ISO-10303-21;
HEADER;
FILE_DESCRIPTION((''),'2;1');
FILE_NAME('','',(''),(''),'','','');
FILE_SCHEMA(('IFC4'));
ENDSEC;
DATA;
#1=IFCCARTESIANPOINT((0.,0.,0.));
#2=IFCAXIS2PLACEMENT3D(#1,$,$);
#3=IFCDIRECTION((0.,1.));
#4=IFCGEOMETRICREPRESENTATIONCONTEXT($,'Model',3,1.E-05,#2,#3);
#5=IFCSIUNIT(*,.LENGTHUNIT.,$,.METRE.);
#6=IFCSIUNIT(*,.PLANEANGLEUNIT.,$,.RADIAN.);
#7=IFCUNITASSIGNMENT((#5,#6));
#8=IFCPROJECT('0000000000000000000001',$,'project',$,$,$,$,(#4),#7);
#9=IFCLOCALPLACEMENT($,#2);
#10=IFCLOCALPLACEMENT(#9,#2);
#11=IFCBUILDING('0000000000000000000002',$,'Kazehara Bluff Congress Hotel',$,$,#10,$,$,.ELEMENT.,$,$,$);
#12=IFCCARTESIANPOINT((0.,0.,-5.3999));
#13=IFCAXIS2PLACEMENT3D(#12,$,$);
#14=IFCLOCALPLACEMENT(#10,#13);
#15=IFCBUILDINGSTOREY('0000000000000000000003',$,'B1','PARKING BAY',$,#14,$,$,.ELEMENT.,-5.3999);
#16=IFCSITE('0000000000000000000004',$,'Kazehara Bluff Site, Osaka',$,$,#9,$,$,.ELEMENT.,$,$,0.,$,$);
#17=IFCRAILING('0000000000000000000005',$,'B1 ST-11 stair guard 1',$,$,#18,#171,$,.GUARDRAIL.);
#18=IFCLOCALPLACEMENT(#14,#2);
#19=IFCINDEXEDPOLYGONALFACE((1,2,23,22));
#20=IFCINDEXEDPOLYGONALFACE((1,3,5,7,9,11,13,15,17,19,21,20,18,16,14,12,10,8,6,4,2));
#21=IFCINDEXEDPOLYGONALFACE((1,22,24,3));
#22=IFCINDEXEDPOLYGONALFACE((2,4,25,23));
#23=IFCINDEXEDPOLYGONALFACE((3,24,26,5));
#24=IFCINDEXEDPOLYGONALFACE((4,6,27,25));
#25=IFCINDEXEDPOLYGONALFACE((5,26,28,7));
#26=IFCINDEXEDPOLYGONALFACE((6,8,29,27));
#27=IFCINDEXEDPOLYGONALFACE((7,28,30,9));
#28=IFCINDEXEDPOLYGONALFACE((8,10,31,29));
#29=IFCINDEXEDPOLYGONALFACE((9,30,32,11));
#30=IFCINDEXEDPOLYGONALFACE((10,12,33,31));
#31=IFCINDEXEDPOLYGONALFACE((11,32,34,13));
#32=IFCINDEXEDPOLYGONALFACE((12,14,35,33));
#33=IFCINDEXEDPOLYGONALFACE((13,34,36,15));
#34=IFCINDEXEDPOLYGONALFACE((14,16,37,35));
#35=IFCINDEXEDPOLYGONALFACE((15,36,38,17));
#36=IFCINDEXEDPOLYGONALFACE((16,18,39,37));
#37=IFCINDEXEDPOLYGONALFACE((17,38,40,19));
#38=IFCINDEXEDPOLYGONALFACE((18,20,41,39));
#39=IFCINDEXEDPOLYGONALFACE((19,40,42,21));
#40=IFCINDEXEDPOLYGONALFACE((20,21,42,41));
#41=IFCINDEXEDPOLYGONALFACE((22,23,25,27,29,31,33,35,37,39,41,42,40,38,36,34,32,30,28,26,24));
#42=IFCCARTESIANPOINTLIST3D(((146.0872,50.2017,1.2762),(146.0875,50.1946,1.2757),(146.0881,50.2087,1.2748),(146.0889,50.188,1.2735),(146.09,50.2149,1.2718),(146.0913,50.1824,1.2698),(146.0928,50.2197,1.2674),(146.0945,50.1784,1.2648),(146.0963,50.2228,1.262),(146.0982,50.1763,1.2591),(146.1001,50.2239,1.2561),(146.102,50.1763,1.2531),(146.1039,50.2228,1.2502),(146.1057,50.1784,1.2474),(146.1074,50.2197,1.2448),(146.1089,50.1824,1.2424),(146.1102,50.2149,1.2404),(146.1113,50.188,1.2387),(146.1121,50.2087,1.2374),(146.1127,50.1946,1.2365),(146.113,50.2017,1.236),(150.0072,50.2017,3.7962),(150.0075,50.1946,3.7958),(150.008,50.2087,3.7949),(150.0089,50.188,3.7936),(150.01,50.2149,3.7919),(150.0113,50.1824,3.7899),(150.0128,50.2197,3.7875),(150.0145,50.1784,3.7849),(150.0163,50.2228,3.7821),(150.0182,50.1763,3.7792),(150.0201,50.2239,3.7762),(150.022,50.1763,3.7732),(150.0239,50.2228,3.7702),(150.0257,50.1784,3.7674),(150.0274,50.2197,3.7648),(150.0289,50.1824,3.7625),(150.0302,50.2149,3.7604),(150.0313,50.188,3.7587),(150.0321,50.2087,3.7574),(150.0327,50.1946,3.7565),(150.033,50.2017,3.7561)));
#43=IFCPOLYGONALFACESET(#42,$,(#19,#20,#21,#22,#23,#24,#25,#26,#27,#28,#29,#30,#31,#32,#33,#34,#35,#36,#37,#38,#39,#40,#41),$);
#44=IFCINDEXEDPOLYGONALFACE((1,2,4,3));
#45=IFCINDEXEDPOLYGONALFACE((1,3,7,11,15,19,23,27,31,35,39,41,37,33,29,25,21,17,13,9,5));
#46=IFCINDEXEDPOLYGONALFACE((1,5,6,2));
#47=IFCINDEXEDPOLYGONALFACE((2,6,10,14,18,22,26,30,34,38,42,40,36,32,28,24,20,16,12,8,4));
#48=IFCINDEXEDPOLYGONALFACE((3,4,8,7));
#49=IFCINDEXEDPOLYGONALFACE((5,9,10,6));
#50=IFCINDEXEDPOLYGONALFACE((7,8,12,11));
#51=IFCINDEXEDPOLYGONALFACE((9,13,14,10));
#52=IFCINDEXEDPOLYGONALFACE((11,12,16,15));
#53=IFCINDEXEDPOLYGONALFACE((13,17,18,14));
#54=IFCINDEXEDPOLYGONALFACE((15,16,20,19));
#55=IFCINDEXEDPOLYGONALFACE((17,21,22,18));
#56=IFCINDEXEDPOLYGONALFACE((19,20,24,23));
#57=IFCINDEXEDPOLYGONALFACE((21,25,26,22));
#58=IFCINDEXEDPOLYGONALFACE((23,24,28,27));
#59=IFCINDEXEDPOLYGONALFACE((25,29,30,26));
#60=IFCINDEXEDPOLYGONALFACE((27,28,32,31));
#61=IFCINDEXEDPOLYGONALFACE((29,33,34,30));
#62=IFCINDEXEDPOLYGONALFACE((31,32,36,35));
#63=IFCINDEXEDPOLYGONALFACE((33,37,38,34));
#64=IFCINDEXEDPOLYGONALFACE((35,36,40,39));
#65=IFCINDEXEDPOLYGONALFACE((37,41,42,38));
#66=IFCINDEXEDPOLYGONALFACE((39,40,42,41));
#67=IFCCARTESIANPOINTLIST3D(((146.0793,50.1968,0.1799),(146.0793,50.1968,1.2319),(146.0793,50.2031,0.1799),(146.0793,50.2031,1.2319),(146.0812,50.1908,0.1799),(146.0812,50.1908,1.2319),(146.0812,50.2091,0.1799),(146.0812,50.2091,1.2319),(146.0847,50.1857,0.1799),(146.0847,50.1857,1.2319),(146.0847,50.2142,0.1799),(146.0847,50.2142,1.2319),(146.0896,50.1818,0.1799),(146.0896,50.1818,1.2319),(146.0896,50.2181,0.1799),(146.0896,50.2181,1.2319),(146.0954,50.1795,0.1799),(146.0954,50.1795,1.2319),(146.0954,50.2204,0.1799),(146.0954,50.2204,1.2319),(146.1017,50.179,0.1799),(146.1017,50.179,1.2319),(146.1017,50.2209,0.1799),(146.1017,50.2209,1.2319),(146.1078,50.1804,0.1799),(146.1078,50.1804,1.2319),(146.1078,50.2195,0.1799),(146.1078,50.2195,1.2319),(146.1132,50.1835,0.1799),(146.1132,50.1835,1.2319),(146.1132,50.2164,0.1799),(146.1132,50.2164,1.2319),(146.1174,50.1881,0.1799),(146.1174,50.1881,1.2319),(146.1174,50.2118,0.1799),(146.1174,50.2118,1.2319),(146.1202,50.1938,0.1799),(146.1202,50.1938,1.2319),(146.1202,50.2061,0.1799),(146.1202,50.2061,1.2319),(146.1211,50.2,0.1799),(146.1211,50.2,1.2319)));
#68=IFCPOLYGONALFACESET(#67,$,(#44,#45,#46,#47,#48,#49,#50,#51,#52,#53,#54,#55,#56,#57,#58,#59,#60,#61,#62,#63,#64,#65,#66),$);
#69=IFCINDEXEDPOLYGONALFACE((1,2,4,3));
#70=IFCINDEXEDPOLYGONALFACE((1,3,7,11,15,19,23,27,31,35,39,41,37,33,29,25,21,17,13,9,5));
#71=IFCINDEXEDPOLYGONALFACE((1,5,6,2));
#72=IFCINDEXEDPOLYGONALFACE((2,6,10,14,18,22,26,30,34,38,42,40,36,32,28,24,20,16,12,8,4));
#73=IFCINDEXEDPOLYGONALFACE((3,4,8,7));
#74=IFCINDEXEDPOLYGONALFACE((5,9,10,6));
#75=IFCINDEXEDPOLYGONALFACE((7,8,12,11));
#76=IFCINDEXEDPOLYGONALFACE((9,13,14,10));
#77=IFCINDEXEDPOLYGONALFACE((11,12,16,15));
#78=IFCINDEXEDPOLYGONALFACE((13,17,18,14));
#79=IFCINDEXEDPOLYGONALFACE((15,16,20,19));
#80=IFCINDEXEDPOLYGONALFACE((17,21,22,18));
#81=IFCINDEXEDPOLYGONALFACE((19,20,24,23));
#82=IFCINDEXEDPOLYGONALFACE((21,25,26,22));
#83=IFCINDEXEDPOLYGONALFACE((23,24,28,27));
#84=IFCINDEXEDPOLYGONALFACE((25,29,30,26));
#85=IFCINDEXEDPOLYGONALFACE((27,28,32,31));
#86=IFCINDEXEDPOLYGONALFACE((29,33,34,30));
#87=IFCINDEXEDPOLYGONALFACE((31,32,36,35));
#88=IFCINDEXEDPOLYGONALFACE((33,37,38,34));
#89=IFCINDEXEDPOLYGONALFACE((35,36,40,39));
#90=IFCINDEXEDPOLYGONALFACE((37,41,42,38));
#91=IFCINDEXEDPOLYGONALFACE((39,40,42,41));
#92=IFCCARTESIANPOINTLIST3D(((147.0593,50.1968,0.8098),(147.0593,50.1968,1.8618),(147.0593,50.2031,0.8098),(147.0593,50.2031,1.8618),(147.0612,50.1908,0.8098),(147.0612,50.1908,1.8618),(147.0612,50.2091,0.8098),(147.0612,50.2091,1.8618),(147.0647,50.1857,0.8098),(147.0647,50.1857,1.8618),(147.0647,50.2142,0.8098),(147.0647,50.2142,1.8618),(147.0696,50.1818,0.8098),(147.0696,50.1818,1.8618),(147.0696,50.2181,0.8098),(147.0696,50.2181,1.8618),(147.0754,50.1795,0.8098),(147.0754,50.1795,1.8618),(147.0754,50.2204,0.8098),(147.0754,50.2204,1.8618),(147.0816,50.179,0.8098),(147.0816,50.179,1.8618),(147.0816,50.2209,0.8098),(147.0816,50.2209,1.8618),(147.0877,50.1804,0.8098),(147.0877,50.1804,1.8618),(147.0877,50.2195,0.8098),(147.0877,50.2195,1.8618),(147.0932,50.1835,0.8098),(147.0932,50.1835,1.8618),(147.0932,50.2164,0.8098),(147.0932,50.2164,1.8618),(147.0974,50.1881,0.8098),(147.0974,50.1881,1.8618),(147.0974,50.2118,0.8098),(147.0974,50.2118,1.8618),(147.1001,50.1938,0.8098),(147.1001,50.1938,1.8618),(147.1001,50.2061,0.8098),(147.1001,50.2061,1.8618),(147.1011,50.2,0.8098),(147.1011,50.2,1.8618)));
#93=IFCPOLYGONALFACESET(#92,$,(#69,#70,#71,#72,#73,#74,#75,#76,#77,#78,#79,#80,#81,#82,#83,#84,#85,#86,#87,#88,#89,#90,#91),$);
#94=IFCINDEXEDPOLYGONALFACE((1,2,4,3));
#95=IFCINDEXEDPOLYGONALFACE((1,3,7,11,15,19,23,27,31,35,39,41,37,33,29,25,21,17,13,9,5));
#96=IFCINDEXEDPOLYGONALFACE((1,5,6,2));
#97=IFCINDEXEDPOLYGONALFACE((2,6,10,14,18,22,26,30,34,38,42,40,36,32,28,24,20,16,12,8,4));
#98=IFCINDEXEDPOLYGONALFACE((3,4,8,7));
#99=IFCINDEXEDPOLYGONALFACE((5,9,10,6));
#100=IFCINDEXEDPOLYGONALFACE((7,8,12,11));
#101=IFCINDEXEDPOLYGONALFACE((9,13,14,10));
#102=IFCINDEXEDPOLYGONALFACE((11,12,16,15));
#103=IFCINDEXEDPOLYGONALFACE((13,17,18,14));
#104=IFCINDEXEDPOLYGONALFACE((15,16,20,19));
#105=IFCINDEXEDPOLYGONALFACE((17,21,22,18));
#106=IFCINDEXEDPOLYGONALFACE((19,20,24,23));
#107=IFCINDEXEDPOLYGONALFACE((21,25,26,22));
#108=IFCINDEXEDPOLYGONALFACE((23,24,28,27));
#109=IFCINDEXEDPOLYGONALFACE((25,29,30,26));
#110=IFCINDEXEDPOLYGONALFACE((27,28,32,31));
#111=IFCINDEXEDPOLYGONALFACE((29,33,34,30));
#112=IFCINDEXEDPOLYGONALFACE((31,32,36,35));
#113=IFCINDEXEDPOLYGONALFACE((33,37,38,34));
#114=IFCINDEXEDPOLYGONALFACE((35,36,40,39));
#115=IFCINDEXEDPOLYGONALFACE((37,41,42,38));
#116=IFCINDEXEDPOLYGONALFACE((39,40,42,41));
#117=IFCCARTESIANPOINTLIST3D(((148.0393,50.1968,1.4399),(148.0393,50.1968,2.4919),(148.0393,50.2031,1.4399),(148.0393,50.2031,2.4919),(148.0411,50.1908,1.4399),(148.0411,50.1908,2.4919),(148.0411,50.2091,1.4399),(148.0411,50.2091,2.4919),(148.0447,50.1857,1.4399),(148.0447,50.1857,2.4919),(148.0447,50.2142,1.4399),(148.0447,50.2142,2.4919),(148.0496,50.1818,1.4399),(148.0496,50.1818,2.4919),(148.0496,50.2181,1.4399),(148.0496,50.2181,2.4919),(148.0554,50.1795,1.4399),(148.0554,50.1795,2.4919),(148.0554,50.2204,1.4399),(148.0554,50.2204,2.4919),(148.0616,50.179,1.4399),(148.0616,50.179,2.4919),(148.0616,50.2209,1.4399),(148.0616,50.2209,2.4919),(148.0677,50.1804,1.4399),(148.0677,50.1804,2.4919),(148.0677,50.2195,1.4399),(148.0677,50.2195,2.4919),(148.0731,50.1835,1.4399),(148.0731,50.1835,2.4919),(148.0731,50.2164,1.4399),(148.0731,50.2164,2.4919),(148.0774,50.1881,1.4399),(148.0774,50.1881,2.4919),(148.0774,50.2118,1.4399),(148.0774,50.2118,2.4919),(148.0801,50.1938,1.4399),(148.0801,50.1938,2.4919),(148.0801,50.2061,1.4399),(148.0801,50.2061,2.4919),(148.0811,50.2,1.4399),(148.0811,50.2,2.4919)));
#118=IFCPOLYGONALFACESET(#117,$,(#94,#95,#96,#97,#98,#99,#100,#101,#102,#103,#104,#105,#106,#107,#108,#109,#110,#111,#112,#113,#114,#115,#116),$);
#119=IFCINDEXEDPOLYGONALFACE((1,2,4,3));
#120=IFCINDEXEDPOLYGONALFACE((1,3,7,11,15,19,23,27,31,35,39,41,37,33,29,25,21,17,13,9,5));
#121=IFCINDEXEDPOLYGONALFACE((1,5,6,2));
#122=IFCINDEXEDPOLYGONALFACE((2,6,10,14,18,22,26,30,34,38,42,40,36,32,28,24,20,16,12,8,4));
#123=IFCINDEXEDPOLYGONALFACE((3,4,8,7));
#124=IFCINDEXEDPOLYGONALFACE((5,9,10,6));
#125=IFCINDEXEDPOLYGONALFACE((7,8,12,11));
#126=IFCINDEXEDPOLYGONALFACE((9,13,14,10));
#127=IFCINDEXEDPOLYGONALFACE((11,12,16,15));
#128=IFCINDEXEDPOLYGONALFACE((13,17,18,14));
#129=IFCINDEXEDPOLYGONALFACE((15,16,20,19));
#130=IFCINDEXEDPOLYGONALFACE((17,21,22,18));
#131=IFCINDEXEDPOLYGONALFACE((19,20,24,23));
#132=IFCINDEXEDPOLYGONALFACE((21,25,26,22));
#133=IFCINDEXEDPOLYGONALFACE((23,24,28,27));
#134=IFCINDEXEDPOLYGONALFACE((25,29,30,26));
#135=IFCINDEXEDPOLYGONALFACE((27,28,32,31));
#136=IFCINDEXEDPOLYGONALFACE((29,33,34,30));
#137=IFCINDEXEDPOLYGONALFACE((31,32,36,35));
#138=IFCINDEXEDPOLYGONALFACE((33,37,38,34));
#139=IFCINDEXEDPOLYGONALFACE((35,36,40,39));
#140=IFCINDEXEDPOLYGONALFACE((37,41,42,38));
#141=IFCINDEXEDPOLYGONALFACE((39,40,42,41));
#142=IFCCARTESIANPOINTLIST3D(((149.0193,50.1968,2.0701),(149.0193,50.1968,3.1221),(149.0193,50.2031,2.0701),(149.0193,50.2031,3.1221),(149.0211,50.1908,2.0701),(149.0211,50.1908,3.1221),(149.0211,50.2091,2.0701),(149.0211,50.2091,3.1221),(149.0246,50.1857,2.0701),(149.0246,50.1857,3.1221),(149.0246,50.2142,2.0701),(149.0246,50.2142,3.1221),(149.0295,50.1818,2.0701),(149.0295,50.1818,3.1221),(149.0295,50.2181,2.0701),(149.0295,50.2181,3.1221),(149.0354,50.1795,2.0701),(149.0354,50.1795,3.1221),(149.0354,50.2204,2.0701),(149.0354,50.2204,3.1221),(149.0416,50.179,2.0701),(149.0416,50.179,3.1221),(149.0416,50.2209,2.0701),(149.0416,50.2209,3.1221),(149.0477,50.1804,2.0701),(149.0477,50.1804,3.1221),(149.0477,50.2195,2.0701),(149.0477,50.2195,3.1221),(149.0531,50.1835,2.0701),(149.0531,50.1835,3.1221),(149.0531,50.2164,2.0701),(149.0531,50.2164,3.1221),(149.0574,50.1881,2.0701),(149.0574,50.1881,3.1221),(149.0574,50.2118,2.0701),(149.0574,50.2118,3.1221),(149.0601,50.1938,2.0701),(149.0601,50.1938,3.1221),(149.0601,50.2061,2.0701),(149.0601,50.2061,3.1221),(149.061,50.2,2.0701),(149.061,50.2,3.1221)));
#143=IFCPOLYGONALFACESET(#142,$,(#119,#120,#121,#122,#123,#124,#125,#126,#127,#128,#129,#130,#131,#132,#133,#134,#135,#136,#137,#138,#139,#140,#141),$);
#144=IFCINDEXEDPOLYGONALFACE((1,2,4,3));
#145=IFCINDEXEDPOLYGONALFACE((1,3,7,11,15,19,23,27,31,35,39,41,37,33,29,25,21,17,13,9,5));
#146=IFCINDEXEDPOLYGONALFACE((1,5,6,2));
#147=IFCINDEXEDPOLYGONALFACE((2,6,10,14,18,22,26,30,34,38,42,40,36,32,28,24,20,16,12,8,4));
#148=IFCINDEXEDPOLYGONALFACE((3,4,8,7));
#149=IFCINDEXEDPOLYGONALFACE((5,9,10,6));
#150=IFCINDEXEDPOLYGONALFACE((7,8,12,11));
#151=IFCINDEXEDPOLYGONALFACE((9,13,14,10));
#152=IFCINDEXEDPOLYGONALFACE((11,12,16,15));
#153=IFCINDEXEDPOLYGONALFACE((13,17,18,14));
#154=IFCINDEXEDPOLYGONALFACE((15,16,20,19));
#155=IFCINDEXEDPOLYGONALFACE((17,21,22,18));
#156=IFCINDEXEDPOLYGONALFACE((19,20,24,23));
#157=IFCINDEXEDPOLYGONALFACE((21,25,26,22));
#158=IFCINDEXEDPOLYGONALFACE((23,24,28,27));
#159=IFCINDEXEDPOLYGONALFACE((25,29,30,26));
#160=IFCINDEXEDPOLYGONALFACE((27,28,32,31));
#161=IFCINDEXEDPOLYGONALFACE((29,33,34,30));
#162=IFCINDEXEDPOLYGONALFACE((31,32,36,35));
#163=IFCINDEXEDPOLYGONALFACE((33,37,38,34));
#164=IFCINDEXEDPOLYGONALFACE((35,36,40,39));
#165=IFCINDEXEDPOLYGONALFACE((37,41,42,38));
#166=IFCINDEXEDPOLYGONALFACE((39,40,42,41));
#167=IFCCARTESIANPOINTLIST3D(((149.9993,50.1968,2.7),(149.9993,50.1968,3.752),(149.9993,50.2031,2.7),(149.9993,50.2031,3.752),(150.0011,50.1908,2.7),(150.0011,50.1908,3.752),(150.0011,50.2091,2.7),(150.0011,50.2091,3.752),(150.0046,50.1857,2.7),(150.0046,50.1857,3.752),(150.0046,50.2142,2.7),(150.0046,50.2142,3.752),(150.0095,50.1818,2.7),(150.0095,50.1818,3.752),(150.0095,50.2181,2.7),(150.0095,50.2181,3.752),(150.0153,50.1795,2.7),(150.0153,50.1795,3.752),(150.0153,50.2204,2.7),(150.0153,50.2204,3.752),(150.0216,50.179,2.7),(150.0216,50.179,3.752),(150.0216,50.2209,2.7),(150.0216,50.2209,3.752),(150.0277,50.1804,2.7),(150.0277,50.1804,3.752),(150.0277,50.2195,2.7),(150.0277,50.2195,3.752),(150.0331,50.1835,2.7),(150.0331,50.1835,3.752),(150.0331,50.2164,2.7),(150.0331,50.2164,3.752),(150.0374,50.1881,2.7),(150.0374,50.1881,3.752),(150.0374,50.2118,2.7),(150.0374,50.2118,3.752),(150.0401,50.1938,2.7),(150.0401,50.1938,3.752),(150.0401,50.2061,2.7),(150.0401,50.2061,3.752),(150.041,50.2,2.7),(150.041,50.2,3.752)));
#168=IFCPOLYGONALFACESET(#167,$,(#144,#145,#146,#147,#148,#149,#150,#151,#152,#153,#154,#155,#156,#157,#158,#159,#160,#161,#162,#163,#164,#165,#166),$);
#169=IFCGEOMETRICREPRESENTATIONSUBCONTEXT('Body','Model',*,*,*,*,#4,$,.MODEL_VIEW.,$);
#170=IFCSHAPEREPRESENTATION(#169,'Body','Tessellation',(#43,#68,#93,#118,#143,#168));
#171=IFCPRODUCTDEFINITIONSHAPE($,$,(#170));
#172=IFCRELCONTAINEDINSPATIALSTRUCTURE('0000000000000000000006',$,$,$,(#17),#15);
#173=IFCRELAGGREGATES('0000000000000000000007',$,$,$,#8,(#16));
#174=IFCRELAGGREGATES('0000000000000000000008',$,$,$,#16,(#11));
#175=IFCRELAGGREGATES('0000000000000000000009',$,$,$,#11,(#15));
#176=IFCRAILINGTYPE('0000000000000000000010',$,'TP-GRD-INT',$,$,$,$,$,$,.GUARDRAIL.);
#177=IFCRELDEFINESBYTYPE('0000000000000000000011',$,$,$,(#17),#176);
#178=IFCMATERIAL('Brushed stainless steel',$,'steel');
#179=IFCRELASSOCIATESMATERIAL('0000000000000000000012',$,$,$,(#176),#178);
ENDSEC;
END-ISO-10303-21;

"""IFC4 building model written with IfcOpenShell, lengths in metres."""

from ifc_helpers import new_model, si_unit, direction, frame, origin, origin_2d, place, context, subcontext, project, spatial, circle, extrude, material, type_object, element, save


model = new_model("IFC4")

# Units and contexts
model_context = context("Model", 3, precision=1e-05, world=origin(), true_north=direction((0.0, 1.0)))
body_context = subcontext(model_context, "Body", "Model", "MODEL_VIEW")
ifc_project = project(units=[si_unit("LENGTHUNIT", "METRE"), si_unit("PLANEANGLEUNIT", "RADIAN")], contexts=[model_context])

# Site, building, storey
site_placement = place(None, origin())
site = spatial("IfcSite", under=ifc_project, at=site_placement, Name="Kazehara Bluff Site, Osaka", CompositionType="ELEMENT", RefElevation=0.0)
building_placement = place(site_placement, origin())
building = spatial("IfcBuilding", under=site, at=building_placement, Name="Kazehara Bluff Congress Hotel", CompositionType="ELEMENT")
storey_placement = place(building_placement, frame((0.0, 0.0, -5.3999)))
storey = spatial("IfcBuildingStorey", under=building, at=storey_placement, Name="B1", Description="PARKING BAY", CompositionType="ELEMENT", Elevation=-5.3999)

# Railing
ifc_material_1 = material(Name="Brushed stainless steel", Category="steel")
railing_type_1 = type_object("IfcRailingType", Name="TP-GRD-INT", PredefinedType="GUARDRAIL", material=ifc_material_1)
railing_1_placement = place(storey_placement, frame((146.1001, 50.2, 0.1799)))
element("IfcRailing", 1, at=railing_1_placement, inside=storey, type_object=railing_type_1, Name="B1 ST-11 stair guard 1", PredefinedType="GUARDRAIL", context=body_context, shape_type="SweptSolid", body=[
    extrude(circle(Radius=0.0239, at=origin_2d()), frame((0.0, 0.0, 1.0762), z_axis=(0.841172, 0.0, 0.540768), x_axis=(0.0, 1.0, 0.0)), (0.0, 0.0, 1.0), 4.6602),
    extrude(circle(Radius=0.021, at=origin_2d()), origin(), (0.0, 0.0, 1.0), 1.052),
    extrude(circle(Radius=0.021, at=origin_2d()), frame((0.98, 0.0, 0.6299)), (0.0, 0.0, 1.0), 1.052),
    extrude(circle(Radius=0.021, at=origin_2d()), frame((1.96, 0.0, 1.26)), (0.0, 0.0, 1.0), 1.052),
    extrude(circle(Radius=0.021, at=origin_2d()), frame((2.9399, 0.0, 1.8901)), (0.0, 0.0, 1.0), 1.052),
    extrude(circle(Radius=0.021, at=origin_2d()), frame((3.9199, 0.0, 2.52)), (0.0, 0.0, 1.0), 1.052),
])

save(model, "model.ifc")
